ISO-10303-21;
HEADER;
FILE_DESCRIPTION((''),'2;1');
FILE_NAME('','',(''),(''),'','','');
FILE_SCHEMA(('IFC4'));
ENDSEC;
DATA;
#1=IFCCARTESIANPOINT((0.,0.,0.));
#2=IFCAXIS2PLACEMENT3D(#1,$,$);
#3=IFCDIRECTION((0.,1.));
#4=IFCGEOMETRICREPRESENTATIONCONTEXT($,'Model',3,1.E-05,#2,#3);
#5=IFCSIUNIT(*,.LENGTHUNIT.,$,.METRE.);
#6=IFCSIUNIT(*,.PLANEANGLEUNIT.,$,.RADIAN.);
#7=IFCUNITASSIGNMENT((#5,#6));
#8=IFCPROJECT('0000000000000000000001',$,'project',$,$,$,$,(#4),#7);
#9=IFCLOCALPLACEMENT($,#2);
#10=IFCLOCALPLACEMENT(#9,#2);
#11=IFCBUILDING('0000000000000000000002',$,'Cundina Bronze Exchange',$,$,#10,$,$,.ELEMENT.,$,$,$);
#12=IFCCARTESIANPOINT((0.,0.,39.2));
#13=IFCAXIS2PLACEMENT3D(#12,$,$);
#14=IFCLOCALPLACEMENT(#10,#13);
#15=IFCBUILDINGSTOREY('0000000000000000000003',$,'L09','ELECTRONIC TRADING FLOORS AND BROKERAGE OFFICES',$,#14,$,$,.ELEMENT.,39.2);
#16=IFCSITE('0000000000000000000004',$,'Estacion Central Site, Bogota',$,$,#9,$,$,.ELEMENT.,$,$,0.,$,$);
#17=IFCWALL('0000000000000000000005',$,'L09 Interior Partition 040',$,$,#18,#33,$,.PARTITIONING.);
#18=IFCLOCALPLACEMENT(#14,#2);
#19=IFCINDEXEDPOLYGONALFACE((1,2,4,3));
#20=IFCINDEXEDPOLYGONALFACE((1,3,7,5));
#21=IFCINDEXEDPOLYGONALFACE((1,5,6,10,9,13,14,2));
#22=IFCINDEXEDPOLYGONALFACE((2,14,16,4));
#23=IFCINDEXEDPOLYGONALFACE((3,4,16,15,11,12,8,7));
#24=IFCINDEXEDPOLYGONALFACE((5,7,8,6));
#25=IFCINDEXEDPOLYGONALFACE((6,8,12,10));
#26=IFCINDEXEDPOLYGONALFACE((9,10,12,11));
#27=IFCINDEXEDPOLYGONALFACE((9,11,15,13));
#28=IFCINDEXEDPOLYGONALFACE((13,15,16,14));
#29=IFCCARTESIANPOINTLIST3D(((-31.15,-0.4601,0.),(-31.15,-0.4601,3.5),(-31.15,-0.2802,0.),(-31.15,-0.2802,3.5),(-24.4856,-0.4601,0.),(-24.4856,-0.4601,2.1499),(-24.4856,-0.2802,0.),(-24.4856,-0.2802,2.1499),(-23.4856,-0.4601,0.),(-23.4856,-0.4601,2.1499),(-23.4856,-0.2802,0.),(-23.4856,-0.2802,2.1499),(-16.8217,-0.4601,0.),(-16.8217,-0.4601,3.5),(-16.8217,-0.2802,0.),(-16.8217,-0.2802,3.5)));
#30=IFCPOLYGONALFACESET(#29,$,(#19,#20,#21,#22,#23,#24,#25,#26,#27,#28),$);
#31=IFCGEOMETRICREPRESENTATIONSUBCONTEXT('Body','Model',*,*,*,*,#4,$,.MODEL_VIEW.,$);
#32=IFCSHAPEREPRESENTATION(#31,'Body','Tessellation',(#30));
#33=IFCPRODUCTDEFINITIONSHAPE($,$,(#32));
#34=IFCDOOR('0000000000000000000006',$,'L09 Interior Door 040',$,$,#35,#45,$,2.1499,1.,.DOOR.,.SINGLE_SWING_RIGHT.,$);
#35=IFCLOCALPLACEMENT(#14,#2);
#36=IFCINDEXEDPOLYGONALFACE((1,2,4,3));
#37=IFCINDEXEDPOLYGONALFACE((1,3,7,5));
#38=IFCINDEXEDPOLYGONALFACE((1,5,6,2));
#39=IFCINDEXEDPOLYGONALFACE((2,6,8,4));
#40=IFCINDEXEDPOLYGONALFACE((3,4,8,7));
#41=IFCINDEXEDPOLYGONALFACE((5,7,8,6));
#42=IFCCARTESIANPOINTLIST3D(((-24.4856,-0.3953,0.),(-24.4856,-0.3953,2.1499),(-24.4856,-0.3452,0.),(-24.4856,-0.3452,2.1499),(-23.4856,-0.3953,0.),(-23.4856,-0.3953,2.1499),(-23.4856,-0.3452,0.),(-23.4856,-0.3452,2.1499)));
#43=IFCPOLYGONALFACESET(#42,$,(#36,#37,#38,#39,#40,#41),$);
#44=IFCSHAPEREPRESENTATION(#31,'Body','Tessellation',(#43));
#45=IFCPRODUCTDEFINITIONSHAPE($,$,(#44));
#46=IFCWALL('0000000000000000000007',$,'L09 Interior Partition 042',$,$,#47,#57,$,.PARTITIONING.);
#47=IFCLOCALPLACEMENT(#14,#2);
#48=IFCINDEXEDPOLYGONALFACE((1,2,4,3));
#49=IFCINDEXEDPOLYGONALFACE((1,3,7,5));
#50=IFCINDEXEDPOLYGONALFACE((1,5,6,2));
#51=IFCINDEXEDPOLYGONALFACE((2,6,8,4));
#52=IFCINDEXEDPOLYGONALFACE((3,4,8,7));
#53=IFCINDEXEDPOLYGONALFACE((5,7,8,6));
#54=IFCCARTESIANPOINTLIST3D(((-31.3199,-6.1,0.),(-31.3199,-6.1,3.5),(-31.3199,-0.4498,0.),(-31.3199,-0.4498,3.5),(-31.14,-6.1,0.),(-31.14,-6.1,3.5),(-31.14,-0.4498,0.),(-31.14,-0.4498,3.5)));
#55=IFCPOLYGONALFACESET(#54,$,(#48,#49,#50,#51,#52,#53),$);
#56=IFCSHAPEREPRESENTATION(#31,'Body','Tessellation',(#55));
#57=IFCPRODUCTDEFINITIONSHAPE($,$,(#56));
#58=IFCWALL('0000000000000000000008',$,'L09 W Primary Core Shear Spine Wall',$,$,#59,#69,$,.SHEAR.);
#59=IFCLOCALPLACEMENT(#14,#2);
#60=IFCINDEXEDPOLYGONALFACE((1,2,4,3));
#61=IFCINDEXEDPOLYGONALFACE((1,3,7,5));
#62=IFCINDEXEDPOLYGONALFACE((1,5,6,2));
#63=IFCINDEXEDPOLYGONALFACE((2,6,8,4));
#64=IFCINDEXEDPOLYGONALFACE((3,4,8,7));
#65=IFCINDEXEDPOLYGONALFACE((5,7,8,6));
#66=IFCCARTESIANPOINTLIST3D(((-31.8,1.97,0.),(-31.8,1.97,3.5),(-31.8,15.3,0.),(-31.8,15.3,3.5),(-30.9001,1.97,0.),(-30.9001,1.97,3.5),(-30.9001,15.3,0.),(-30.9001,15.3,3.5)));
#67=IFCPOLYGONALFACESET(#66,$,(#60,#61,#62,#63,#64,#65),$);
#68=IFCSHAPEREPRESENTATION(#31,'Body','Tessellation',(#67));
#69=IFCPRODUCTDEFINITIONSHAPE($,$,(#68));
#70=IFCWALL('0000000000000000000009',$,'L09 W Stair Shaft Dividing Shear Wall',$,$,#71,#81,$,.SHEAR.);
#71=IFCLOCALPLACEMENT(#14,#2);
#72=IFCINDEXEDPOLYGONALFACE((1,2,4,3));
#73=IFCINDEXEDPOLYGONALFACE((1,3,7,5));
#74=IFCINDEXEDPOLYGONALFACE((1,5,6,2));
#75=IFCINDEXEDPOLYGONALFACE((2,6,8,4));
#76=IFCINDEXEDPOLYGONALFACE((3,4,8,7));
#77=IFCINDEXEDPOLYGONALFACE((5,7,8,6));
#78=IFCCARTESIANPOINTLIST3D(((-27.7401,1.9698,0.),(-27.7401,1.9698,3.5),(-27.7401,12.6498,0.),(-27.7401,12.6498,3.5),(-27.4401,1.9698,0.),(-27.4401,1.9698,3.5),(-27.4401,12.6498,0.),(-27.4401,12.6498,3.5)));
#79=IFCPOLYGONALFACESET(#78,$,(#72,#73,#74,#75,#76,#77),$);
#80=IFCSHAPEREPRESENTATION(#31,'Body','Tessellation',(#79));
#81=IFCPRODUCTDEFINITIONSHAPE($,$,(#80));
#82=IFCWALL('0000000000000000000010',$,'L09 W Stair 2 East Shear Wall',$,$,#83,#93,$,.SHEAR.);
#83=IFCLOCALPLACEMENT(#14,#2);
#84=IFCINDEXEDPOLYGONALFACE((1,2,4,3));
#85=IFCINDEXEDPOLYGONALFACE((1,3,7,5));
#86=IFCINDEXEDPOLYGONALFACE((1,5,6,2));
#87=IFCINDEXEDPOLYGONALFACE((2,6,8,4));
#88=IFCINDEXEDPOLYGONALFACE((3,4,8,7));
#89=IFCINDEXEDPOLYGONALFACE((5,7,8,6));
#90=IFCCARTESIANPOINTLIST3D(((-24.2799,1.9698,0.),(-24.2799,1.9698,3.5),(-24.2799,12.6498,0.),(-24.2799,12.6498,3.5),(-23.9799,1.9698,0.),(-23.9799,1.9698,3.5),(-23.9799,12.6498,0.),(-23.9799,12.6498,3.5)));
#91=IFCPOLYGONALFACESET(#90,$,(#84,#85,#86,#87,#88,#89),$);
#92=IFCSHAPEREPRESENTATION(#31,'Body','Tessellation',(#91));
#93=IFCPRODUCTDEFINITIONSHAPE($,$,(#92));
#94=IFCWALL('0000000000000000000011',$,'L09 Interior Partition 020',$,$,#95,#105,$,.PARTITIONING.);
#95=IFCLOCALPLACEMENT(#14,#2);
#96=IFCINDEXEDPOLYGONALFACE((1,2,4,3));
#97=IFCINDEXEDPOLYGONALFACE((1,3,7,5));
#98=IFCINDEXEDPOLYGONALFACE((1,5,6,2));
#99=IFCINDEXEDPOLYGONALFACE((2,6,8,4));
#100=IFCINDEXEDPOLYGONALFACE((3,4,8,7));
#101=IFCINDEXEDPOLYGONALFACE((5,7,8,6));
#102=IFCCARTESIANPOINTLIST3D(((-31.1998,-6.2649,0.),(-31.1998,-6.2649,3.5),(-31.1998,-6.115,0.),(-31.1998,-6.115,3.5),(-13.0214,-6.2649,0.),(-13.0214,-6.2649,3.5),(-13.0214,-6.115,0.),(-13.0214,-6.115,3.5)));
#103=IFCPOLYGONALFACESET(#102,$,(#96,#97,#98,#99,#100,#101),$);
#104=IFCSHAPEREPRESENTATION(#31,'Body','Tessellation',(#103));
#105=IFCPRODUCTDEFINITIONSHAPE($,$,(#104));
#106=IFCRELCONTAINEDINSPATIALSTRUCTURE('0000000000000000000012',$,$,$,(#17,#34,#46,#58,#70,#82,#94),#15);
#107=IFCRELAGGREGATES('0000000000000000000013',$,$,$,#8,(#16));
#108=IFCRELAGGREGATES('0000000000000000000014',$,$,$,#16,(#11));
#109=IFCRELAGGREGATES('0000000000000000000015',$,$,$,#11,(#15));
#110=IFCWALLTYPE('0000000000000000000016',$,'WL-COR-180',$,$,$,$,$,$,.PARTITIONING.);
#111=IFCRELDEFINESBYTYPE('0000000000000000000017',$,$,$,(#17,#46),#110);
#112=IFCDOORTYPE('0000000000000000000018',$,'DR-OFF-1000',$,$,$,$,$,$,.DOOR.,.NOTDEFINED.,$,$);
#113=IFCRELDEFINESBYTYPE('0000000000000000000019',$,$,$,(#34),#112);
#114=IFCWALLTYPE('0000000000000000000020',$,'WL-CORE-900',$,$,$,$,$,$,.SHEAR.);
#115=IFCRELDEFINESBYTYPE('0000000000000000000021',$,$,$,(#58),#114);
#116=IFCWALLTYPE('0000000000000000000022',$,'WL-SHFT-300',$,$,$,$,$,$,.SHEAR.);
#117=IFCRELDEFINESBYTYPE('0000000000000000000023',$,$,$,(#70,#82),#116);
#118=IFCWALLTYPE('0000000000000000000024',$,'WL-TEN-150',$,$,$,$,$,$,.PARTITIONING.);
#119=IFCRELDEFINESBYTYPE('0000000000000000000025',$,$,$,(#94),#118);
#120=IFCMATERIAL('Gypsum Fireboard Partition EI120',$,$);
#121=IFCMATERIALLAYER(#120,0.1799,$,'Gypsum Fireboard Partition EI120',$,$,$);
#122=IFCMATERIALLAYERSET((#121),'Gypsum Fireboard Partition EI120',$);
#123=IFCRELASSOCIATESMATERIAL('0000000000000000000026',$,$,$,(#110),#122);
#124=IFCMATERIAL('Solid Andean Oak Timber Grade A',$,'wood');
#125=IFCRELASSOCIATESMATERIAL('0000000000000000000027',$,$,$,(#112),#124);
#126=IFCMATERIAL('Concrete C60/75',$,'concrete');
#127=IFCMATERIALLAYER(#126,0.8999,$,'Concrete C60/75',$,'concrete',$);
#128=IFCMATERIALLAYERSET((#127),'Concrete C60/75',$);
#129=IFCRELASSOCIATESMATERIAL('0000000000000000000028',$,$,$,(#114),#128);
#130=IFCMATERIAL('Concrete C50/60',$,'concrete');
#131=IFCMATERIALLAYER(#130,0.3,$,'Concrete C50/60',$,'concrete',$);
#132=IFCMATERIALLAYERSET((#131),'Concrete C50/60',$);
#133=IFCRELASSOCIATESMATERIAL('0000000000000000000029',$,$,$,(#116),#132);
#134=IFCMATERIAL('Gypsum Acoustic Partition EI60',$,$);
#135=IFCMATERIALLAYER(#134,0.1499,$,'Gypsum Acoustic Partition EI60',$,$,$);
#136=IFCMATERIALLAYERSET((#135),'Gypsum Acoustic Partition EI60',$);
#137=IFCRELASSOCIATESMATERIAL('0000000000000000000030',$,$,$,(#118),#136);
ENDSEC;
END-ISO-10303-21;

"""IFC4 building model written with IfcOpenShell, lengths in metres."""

from ifc_helpers import new_model, si_unit, direction, frame, frame_2d, origin, place, context, subcontext, project, spatial, rectangle, extrude, material, layer, layer_set, type_object, element, fill, save


model = new_model("IFC4")

# Units and contexts
model_context = context("Model", 3, precision=1e-05, world=origin(), true_north=direction((0.0, 1.0)))
body_context = subcontext(model_context, "Body", "Model", "MODEL_VIEW")
ifc_project = project(units=[si_unit("LENGTHUNIT", "METRE"), si_unit("PLANEANGLEUNIT", "RADIAN")], contexts=[model_context])

# Site, building, storey
site_placement = place(None, origin())
site = spatial("IfcSite", under=ifc_project, at=site_placement, Name="Estacion Central Site, Bogota", CompositionType="ELEMENT", RefElevation=0.0)
building_placement = place(site_placement, origin())
building = spatial("IfcBuilding", under=site, at=building_placement, Name="Cundina Bronze Exchange", CompositionType="ELEMENT")
storey_placement = place(building_placement, frame((0.0, 0.0, 39.2)))
storey = spatial("IfcBuildingStorey", under=building, at=storey_placement, Name="L09", Description="ELECTRONIC TRADING FLOORS AND BROKERAGE OFFICES", CompositionType="ELEMENT", Elevation=39.2)

# Wall, opening, door
ifc_material_1 = material(Name="Gypsum Fireboard Partition EI120")
ifc_layer_1 = layer(ifc_material_1, 0.1799, Name="Gypsum Fireboard Partition EI120")
ifc_layer_set_1 = layer_set([ifc_layer_1], Name="Gypsum Fireboard Partition EI120")
wall_type_1 = type_object("IfcWallType", Name="WL-COR-180", PredefinedType="PARTITIONING", material=ifc_layer_set_1)
ifc_material_2 = material(Name="Solid Andean Oak Timber Grade A", Category="wood")
wall_1_placement = place(storey_placement, frame((-31.1499, -0.3701, 0.0), z_axis=(0.0, 0.0, 1.0), x_axis=(1.0, 0.0, 0.0)))
wall_1 = element("IfcWall", 1, at=wall_1_placement, inside=storey, type_object=wall_type_1, Name="L09 Interior Partition 040", PredefinedType="PARTITIONING", context=body_context, shape_type="SweptSolid", body=[
    extrude(rectangle(XDim=14.3284, YDim=0.1799, at=frame_2d((7.1641, 0.0))), origin(), (0.0, 0.0, 1.0), 3.5),
])
opening_1_placement = place(wall_1_placement, frame((6.6643, 0.0, 0.0)))
opening_1 = element("IfcOpeningElement", 2, at=opening_1_placement, cuts=wall_1, PredefinedType="OPENING", context=body_context, shape_type="SweptSolid", body=[
    extrude(rectangle(XDim=1.0, YDim=2.1499, at=frame_2d((0.5, 1.075))), frame((0.0, 0.0999, 0.0), z_axis=(0.0, -1.0, 0.0), x_axis=(1.0, 0.0, 0.0)), (0.0, 0.0, 1.0), 0.2),
])
door_type_1 = type_object("IfcDoorType", Name="DR-OFF-1000", OperationType="NOTDEFINED", PredefinedType="DOOR", material=ifc_material_2)
door_1_placement = place(opening_1_placement, origin())
door_1 = element("IfcDoor", 3, at=door_1_placement, inside=storey, type_object=door_type_1, Name="L09 Interior Door 040", OperationType="SINGLE_SWING_RIGHT", OverallHeight=2.1499, OverallWidth=1.0, PredefinedType="DOOR", context=body_context, shape_type="SweptSolid", body=[
    extrude(rectangle(XDim=1.0, YDim=2.1499, at=frame_2d((0.5, 1.075))), frame((0.0, 0.0249, 0.0), z_axis=(0.0, -1.0, 0.0), x_axis=(1.0, 0.0, 0.0)), (0.0, 0.0, 1.0), 0.05),
])
fill(opening_1, door_1)

# Walls
wall_2_placement = place(storey_placement, frame((-31.23, -6.1001, 0.0), z_axis=(0.0, 0.0, 1.0), x_axis=(0.0, 1.0, 0.0)))
element("IfcWall", 4, at=wall_2_placement, inside=storey, type_object=wall_type_1, Name="L09 Interior Partition 042", PredefinedType="PARTITIONING", context=body_context, shape_type="SweptSolid", body=[
    extrude(rectangle(XDim=5.6501, YDim=0.1799, at=frame_2d((2.8252, 0.0))), origin(), (0.0, 0.0, 1.0), 3.5),
])
ifc_material_3 = material(Name="Concrete C60/75", Category="concrete")
ifc_layer_2 = layer(ifc_material_3, 0.8999, Name="Concrete C60/75", Category="concrete")
ifc_layer_set_2 = layer_set([ifc_layer_2], Name="Concrete C60/75")
wall_type_2 = type_object("IfcWallType", Name="WL-CORE-900", PredefinedType="SHEAR", material=ifc_layer_set_2)
wall_3_placement = place(storey_placement, frame((-31.3501, 1.97, 0.0), z_axis=(0.0, 0.0, 1.0), x_axis=(0.0, 1.0, 0.0)))
element("IfcWall", 5, at=wall_3_placement, inside=storey, type_object=wall_type_2, Name="L09 W Primary Core Shear Spine Wall", PredefinedType="SHEAR", context=body_context, shape_type="SweptSolid", body=[
    extrude(rectangle(XDim=13.3301, YDim=0.8999, at=frame_2d((6.665, 0.0))), origin(), (0.0, 0.0, 1.0), 3.5),
])
ifc_material_4 = material(Name="Concrete C50/60", Category="concrete")
ifc_layer_3 = layer(ifc_material_4, 0.3, Name="Concrete C50/60", Category="concrete")
ifc_layer_set_3 = layer_set([ifc_layer_3], Name="Concrete C50/60")
wall_type_3 = type_object("IfcWallType", Name="WL-SHFT-300", PredefinedType="SHEAR", material=ifc_layer_set_3)
for number, where, z_axis, x_axis, name in (
    (6, (-27.5901, 1.97, 0.0), (0.0, 0.0, 1.0), (0.0, 1.0, 0.0), "L09 W Stair Shaft Dividing Shear Wall"),
    (7, (-24.1299, 1.97, 0.0), (0.0, 0.0, 1.0), (0.0, 1.0, 0.0), "L09 W Stair 2 East Shear Wall"),
):
    element("IfcWall", number, at=place(storey_placement, frame(where, z_axis=z_axis, x_axis=x_axis)), inside=storey, type_object=wall_type_3, Name=name, PredefinedType="SHEAR", context=body_context, shape_type="SweptSolid", body=[
        extrude(rectangle(XDim=10.6799, YDim=0.3, at=frame_2d((5.3398, 0.0))), origin(), (0.0, 0.0, 1.0), 3.5),
    ])
ifc_material_5 = material(Name="Gypsum Acoustic Partition EI60")
ifc_layer_4 = layer(ifc_material_5, 0.1499, Name="Gypsum Acoustic Partition EI60")
ifc_layer_set_4 = layer_set([ifc_layer_4], Name="Gypsum Acoustic Partition EI60")
wall_type_4 = type_object("IfcWallType", Name="WL-TEN-150", PredefinedType="PARTITIONING", material=ifc_layer_set_4)
wall_4_placement = place(storey_placement, frame((-31.2, -6.1899, 0.0), z_axis=(0.0, 0.0, 1.0), x_axis=(1.0, 0.0, 0.0)))
element("IfcWall", 8, at=wall_4_placement, inside=storey, type_object=wall_type_4, Name="L09 Interior Partition 020", PredefinedType="PARTITIONING", context=body_context, shape_type="SweptSolid", body=[
    extrude(rectangle(XDim=18.1785, YDim=0.1499, at=frame_2d((9.0894, 0.0))), origin(), (0.0, 0.0, 1.0), 3.5),
])

save(model, "model.ifc")
